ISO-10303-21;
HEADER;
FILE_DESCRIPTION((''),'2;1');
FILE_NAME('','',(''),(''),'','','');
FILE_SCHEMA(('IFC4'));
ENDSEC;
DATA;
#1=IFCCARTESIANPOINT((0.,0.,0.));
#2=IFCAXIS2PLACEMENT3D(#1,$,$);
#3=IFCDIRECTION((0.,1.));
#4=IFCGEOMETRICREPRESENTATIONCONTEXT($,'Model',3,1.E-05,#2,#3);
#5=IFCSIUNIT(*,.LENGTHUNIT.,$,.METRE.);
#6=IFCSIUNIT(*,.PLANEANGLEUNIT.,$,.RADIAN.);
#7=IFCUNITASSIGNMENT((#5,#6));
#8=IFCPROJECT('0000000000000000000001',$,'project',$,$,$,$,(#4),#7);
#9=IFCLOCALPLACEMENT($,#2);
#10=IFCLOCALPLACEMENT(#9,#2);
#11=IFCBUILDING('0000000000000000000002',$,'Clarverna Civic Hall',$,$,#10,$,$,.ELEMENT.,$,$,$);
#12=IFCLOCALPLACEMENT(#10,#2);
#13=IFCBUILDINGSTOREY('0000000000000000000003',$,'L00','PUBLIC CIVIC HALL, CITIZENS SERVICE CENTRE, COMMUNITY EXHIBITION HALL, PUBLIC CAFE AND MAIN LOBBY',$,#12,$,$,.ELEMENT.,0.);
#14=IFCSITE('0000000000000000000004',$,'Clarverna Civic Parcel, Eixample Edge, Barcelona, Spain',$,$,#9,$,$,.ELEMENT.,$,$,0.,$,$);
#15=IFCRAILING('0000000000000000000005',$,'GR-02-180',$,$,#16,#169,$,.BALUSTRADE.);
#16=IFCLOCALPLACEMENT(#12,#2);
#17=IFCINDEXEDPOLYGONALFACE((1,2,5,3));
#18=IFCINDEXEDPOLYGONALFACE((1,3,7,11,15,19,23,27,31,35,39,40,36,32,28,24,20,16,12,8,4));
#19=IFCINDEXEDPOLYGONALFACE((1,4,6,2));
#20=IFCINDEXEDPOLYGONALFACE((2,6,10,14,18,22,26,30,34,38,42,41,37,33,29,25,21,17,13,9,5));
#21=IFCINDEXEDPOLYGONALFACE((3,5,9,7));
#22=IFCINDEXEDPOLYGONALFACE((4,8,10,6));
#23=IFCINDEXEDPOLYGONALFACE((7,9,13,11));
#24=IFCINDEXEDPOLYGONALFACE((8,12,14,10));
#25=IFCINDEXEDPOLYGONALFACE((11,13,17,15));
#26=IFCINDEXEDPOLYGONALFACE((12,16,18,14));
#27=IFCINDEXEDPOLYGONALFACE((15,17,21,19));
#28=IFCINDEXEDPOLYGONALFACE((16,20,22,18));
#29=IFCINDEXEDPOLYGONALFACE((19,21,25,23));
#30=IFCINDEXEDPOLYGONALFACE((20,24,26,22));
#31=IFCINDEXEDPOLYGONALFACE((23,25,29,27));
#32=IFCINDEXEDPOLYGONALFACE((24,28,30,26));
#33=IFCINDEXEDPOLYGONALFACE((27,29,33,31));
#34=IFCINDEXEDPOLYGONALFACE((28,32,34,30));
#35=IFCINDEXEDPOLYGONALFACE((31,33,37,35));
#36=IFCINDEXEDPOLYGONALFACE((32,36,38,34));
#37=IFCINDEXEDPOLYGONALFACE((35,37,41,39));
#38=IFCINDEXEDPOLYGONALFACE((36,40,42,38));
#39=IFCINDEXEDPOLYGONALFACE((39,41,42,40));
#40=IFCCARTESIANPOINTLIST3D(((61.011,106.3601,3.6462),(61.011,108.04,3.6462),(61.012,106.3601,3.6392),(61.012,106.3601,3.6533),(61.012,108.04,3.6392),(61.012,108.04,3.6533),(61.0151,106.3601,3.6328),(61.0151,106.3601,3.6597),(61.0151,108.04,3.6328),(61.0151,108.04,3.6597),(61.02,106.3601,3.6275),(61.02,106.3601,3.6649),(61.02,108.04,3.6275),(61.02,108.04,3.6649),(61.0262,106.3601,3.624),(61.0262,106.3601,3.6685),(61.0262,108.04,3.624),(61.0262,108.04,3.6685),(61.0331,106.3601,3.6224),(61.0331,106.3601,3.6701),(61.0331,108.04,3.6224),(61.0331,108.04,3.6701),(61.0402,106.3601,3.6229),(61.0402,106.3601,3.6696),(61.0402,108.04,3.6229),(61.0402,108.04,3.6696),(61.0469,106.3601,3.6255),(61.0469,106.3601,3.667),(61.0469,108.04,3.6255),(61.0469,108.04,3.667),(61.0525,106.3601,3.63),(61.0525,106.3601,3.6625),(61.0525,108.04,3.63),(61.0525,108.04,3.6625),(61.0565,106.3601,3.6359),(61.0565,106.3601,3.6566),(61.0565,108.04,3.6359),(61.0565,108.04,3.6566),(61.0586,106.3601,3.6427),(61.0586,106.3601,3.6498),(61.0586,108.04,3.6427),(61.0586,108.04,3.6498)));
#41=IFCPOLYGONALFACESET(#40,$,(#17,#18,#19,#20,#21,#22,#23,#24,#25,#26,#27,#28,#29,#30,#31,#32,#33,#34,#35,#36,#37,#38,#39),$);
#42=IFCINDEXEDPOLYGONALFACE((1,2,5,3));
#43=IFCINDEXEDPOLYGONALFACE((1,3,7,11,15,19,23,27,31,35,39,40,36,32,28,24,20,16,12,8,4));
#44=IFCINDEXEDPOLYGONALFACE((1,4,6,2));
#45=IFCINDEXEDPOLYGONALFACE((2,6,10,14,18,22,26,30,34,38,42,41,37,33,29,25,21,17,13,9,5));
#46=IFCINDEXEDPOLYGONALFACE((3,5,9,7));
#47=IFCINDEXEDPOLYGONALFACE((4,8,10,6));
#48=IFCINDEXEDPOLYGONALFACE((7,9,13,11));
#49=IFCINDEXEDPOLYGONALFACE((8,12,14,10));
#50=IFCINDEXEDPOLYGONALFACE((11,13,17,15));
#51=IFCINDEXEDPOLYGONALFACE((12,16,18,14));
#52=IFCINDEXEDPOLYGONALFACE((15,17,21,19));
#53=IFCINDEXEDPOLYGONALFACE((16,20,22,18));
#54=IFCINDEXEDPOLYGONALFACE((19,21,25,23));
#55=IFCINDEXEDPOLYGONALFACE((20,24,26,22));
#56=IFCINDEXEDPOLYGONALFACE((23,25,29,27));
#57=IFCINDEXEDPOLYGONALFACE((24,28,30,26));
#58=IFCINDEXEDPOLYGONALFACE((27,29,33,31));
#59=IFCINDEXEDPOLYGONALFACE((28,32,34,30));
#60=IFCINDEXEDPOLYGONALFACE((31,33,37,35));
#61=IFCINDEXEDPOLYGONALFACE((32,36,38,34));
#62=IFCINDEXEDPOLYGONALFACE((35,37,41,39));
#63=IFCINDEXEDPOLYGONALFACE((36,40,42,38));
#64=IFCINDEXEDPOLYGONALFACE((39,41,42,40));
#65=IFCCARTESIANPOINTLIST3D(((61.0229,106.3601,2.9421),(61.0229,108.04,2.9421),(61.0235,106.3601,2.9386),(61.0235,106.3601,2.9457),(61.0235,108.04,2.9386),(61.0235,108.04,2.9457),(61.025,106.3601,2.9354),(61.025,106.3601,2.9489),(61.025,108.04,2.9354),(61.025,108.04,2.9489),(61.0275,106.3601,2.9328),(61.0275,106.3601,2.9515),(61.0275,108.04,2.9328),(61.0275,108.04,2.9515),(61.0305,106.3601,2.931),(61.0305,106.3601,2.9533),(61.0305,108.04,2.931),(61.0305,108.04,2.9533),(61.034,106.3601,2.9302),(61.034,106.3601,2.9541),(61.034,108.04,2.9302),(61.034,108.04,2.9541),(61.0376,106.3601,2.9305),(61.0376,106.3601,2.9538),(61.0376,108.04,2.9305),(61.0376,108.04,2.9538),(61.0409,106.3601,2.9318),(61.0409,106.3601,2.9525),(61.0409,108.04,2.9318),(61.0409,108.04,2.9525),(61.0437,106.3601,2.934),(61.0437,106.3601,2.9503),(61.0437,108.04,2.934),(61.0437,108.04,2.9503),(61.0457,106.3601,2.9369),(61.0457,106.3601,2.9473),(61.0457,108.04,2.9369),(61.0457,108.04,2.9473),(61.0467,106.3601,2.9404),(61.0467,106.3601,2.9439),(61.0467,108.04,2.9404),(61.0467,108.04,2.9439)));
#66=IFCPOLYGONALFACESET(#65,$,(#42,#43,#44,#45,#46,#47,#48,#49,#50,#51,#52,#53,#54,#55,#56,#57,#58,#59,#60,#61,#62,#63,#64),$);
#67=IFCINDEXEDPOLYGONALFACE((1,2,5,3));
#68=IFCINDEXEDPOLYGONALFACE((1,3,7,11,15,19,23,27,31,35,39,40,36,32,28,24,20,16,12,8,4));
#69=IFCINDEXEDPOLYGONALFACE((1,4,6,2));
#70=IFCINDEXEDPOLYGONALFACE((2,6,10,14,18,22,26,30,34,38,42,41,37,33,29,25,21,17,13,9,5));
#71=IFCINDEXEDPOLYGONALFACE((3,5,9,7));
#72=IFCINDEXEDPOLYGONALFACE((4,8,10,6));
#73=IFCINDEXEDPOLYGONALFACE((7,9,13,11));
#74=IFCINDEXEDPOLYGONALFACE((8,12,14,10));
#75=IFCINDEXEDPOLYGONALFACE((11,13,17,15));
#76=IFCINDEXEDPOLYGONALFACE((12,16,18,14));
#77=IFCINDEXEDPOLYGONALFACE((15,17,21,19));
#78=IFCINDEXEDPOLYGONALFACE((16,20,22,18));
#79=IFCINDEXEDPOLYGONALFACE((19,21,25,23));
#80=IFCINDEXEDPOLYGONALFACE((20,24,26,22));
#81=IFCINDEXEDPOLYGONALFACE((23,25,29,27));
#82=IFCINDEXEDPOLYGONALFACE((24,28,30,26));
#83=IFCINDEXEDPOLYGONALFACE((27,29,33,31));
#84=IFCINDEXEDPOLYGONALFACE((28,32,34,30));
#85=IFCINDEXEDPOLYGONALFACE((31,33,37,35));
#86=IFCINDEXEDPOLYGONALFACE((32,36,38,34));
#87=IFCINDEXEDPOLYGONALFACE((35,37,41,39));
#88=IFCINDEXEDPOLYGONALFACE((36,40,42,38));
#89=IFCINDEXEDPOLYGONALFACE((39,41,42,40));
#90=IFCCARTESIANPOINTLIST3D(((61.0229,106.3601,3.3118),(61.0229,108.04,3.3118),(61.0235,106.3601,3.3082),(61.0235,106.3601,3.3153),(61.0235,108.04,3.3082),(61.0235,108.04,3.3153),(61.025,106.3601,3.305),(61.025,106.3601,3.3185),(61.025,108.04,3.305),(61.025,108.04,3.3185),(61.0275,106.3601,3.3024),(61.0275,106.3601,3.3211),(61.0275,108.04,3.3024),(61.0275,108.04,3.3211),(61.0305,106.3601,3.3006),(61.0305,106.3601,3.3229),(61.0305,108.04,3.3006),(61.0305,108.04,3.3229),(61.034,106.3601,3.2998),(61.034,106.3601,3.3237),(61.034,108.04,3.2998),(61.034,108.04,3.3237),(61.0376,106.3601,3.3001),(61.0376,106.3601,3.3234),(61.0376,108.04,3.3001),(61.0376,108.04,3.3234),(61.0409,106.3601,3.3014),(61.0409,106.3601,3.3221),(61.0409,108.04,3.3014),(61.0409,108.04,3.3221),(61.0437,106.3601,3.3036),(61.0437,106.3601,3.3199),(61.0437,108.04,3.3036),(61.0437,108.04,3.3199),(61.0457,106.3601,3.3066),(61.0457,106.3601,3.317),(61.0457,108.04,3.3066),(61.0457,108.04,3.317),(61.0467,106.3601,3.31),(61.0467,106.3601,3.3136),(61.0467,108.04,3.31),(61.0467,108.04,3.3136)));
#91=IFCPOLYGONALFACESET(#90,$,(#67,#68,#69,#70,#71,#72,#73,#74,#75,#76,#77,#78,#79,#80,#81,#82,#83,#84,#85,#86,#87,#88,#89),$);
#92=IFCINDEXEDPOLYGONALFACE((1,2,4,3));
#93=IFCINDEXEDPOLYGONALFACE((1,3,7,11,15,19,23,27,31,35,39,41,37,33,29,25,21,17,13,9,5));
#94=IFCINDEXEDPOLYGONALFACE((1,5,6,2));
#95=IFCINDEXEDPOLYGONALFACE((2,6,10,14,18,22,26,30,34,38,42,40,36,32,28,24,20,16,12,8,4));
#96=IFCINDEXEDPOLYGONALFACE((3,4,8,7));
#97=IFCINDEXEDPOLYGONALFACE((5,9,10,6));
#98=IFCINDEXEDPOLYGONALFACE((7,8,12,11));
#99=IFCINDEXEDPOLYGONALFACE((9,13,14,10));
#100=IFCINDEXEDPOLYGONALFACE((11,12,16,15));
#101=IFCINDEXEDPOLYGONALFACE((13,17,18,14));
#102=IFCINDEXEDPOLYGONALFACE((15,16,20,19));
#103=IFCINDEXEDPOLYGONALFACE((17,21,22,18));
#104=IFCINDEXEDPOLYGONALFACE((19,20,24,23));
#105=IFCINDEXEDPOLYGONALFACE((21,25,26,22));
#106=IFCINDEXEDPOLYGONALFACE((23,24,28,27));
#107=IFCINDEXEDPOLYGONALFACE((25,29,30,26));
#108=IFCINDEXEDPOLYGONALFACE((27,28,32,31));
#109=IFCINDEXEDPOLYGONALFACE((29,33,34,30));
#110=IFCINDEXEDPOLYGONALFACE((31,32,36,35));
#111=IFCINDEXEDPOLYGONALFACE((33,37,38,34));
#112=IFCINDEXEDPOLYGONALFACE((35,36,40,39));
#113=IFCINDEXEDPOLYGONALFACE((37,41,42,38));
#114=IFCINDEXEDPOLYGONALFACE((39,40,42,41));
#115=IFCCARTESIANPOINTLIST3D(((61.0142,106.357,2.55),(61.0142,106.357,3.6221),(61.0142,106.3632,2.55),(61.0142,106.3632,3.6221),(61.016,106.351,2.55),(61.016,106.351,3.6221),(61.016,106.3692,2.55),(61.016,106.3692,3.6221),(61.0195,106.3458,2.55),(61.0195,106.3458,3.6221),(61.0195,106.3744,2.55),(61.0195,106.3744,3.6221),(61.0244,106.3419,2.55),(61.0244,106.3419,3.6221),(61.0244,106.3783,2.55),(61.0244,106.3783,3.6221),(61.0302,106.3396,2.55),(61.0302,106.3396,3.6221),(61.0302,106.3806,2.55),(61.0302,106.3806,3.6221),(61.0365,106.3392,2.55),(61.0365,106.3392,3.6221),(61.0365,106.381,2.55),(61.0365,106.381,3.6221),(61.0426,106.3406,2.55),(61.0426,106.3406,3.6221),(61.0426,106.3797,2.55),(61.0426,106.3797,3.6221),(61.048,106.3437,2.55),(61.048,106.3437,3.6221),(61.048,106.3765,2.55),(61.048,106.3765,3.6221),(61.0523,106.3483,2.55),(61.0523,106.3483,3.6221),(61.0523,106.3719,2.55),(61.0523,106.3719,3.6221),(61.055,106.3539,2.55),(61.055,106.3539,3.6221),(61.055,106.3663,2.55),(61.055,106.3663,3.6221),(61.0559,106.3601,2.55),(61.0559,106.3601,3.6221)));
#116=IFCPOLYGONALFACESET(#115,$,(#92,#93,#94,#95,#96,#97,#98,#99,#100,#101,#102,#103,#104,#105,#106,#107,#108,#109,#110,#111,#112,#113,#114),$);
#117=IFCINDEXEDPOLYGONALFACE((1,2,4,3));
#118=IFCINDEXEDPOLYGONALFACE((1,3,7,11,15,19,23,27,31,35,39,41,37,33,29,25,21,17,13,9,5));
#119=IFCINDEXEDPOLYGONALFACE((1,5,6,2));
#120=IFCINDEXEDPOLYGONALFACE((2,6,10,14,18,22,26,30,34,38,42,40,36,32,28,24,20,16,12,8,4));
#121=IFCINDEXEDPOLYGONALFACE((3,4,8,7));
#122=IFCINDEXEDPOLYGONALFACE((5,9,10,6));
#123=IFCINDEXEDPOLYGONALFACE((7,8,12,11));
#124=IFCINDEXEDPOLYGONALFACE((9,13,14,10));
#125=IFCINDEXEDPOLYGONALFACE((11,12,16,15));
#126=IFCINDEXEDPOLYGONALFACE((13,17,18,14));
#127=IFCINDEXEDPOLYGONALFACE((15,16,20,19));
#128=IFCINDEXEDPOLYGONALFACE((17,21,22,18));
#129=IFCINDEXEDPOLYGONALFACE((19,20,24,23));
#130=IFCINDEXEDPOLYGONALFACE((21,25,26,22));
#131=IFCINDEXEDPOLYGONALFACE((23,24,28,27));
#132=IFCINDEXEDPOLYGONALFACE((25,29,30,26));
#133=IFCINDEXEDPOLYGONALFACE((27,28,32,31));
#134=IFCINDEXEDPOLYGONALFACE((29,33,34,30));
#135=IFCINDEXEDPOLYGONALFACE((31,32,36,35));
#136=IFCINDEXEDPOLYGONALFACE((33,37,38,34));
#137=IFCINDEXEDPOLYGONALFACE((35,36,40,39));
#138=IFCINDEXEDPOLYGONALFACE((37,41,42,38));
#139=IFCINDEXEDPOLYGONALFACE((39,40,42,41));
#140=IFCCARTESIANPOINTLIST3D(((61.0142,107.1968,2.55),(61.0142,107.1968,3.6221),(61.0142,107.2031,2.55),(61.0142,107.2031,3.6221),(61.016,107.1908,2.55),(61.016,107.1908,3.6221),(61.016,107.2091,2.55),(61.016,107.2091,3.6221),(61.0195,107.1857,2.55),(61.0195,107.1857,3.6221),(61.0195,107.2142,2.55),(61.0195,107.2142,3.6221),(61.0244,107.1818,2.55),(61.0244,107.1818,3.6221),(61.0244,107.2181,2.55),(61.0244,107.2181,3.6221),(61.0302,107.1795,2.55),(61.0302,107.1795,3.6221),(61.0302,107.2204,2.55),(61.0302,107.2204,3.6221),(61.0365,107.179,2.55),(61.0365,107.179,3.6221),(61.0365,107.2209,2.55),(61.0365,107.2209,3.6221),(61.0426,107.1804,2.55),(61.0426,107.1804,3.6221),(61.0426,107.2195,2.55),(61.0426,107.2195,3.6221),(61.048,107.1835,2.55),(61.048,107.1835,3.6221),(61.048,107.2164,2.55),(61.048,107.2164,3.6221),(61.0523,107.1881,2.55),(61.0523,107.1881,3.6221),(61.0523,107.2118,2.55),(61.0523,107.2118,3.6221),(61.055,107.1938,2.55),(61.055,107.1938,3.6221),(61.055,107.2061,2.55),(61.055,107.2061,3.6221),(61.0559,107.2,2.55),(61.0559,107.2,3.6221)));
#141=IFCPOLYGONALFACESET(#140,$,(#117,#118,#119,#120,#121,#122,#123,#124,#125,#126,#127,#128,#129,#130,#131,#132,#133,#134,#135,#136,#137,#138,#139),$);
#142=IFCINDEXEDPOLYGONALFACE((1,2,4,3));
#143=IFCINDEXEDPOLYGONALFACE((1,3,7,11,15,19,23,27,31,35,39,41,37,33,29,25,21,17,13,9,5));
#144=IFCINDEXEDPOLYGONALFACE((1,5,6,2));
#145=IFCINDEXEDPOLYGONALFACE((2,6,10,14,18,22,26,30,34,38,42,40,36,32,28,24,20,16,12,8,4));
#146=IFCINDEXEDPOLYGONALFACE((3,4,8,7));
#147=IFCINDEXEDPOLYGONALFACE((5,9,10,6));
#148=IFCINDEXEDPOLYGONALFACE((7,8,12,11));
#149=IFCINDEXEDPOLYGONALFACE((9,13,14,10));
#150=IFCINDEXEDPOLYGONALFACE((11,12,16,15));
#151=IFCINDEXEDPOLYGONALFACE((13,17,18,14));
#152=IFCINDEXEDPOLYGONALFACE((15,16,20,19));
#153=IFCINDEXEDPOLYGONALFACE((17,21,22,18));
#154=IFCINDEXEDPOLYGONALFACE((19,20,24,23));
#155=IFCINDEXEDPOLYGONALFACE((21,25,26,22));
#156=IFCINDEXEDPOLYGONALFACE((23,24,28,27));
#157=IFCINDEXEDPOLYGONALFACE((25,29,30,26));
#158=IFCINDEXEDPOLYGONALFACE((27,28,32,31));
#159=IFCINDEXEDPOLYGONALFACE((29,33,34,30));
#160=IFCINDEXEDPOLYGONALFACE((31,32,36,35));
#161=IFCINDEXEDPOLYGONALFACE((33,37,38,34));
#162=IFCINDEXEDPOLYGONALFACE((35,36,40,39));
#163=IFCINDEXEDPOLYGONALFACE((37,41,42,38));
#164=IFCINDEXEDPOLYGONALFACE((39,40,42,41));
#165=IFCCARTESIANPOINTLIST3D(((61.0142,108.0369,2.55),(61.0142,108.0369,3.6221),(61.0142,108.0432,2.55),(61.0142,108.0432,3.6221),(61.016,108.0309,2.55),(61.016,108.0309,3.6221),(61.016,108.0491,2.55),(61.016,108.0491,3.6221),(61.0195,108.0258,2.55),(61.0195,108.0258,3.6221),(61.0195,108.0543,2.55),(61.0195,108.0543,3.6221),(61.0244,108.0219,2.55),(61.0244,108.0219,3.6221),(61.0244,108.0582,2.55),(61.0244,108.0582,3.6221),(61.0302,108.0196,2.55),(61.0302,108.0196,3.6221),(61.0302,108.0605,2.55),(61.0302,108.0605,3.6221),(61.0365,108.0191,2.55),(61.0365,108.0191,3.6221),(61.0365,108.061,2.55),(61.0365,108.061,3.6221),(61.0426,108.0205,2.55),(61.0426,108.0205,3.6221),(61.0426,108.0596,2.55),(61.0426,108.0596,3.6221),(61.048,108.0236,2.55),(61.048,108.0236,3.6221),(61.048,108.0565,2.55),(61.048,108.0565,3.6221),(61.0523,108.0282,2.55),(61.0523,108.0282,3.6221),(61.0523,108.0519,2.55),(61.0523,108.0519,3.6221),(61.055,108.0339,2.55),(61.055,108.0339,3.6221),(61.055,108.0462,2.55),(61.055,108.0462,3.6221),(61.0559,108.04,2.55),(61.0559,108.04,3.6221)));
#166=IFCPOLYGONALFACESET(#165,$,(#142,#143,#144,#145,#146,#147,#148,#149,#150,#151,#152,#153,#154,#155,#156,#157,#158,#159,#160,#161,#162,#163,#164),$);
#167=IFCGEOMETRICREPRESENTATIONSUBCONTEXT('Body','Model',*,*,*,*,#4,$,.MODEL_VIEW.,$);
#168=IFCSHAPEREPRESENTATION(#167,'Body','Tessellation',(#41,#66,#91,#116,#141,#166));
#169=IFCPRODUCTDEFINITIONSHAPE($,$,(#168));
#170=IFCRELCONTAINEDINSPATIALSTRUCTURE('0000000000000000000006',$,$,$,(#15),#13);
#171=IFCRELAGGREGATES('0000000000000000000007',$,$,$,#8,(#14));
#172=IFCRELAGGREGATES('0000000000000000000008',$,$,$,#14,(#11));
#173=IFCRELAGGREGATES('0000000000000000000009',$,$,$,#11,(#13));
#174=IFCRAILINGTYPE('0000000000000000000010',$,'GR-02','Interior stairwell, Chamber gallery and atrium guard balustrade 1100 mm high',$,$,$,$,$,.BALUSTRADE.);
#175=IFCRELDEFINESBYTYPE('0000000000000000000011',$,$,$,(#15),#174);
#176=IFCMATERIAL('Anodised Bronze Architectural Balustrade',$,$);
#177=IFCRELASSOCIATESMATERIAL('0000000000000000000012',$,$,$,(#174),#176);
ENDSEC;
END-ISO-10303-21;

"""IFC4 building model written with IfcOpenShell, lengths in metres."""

from ifc_helpers import new_model, si_unit, direction, frame, origin, origin_2d, place, context, subcontext, project, spatial, circle, extrude, material, type_object, element, save


model = new_model("IFC4")

# Units and contexts
model_context = context("Model", 3, precision=1e-05, world=origin(), true_north=direction((0.0, 1.0)))
body_context = subcontext(model_context, "Body", "Model", "MODEL_VIEW")
ifc_project = project(units=[si_unit("LENGTHUNIT", "METRE"), si_unit("PLANEANGLEUNIT", "RADIAN")], contexts=[model_context])

# Site, building, storey
site_placement = place(None, origin())
site = spatial("IfcSite", under=ifc_project, at=site_placement, Name="Clarverna Civic Parcel, Eixample Edge, Barcelona, Spain", CompositionType="ELEMENT", RefElevation=0.0)
building_placement = place(site_placement, origin())
building = spatial("IfcBuilding", under=site, at=building_placement, Name="Clarverna Civic Hall", CompositionType="ELEMENT")
storey_placement = place(building_placement, origin())
storey = spatial("IfcBuildingStorey", under=building, at=storey_placement, Name="L00", Description="PUBLIC CIVIC HALL, CITIZENS SERVICE CENTRE, COMMUNITY EXHIBITION HALL, PUBLIC CAFE AND MAIN LOBBY", CompositionType="ELEMENT", Elevation=0.0)

# Railing
ifc_material_1 = material(Name="Anodised Bronze Architectural Balustrade")
railing_type_1 = type_object("IfcRailingType", Name="GR-02", Description="Interior stairwell, Chamber gallery and atrium guard balustrade 1100 mm high", PredefinedType="BALUSTRADE", material=ifc_material_1)
railing_1_placement = place(storey_placement, frame((61.0349, 106.3601, 2.55)))
element("IfcRailing", 1, at=railing_1_placement, inside=storey, type_object=railing_type_1, Name="GR-02-180", PredefinedType="BALUSTRADE", context=body_context, shape_type="SweptSolid", body=[
    extrude(circle(Radius=0.0239, at=origin_2d()), frame((0.0, 0.0, 1.0962), z_axis=(0.0, 1.0, 0.0), x_axis=(-1.0, 0.0, 0.0)), (0.0, 0.0, 1.0), 1.6799),
    extrude(circle(Radius=0.012, at=origin_2d()), frame((0.0, 0.0, 0.3921), z_axis=(0.0, 1.0, 0.0), x_axis=(-1.0, 0.0, 0.0)), (0.0, 0.0, 1.0), 1.6799),
    extrude(circle(Radius=0.012, at=origin_2d()), frame((0.0, 0.0, 0.7617), z_axis=(0.0, 1.0, 0.0), x_axis=(-1.0, 0.0, 0.0)), (0.0, 0.0, 1.0), 1.6799),
    extrude(circle(Radius=0.021, at=origin_2d()), origin(), (0.0, 0.0, 1.0), 1.072),
    extrude(circle(Radius=0.021, at=origin_2d()), frame((0.0, 0.8398, 0.0)), (0.0, 0.0, 1.0), 1.072),
    extrude(circle(Radius=0.021, at=origin_2d()), frame((0.0, 1.6799, 0.0)), (0.0, 0.0, 1.0), 1.072),
])

save(model, "model.ifc")
